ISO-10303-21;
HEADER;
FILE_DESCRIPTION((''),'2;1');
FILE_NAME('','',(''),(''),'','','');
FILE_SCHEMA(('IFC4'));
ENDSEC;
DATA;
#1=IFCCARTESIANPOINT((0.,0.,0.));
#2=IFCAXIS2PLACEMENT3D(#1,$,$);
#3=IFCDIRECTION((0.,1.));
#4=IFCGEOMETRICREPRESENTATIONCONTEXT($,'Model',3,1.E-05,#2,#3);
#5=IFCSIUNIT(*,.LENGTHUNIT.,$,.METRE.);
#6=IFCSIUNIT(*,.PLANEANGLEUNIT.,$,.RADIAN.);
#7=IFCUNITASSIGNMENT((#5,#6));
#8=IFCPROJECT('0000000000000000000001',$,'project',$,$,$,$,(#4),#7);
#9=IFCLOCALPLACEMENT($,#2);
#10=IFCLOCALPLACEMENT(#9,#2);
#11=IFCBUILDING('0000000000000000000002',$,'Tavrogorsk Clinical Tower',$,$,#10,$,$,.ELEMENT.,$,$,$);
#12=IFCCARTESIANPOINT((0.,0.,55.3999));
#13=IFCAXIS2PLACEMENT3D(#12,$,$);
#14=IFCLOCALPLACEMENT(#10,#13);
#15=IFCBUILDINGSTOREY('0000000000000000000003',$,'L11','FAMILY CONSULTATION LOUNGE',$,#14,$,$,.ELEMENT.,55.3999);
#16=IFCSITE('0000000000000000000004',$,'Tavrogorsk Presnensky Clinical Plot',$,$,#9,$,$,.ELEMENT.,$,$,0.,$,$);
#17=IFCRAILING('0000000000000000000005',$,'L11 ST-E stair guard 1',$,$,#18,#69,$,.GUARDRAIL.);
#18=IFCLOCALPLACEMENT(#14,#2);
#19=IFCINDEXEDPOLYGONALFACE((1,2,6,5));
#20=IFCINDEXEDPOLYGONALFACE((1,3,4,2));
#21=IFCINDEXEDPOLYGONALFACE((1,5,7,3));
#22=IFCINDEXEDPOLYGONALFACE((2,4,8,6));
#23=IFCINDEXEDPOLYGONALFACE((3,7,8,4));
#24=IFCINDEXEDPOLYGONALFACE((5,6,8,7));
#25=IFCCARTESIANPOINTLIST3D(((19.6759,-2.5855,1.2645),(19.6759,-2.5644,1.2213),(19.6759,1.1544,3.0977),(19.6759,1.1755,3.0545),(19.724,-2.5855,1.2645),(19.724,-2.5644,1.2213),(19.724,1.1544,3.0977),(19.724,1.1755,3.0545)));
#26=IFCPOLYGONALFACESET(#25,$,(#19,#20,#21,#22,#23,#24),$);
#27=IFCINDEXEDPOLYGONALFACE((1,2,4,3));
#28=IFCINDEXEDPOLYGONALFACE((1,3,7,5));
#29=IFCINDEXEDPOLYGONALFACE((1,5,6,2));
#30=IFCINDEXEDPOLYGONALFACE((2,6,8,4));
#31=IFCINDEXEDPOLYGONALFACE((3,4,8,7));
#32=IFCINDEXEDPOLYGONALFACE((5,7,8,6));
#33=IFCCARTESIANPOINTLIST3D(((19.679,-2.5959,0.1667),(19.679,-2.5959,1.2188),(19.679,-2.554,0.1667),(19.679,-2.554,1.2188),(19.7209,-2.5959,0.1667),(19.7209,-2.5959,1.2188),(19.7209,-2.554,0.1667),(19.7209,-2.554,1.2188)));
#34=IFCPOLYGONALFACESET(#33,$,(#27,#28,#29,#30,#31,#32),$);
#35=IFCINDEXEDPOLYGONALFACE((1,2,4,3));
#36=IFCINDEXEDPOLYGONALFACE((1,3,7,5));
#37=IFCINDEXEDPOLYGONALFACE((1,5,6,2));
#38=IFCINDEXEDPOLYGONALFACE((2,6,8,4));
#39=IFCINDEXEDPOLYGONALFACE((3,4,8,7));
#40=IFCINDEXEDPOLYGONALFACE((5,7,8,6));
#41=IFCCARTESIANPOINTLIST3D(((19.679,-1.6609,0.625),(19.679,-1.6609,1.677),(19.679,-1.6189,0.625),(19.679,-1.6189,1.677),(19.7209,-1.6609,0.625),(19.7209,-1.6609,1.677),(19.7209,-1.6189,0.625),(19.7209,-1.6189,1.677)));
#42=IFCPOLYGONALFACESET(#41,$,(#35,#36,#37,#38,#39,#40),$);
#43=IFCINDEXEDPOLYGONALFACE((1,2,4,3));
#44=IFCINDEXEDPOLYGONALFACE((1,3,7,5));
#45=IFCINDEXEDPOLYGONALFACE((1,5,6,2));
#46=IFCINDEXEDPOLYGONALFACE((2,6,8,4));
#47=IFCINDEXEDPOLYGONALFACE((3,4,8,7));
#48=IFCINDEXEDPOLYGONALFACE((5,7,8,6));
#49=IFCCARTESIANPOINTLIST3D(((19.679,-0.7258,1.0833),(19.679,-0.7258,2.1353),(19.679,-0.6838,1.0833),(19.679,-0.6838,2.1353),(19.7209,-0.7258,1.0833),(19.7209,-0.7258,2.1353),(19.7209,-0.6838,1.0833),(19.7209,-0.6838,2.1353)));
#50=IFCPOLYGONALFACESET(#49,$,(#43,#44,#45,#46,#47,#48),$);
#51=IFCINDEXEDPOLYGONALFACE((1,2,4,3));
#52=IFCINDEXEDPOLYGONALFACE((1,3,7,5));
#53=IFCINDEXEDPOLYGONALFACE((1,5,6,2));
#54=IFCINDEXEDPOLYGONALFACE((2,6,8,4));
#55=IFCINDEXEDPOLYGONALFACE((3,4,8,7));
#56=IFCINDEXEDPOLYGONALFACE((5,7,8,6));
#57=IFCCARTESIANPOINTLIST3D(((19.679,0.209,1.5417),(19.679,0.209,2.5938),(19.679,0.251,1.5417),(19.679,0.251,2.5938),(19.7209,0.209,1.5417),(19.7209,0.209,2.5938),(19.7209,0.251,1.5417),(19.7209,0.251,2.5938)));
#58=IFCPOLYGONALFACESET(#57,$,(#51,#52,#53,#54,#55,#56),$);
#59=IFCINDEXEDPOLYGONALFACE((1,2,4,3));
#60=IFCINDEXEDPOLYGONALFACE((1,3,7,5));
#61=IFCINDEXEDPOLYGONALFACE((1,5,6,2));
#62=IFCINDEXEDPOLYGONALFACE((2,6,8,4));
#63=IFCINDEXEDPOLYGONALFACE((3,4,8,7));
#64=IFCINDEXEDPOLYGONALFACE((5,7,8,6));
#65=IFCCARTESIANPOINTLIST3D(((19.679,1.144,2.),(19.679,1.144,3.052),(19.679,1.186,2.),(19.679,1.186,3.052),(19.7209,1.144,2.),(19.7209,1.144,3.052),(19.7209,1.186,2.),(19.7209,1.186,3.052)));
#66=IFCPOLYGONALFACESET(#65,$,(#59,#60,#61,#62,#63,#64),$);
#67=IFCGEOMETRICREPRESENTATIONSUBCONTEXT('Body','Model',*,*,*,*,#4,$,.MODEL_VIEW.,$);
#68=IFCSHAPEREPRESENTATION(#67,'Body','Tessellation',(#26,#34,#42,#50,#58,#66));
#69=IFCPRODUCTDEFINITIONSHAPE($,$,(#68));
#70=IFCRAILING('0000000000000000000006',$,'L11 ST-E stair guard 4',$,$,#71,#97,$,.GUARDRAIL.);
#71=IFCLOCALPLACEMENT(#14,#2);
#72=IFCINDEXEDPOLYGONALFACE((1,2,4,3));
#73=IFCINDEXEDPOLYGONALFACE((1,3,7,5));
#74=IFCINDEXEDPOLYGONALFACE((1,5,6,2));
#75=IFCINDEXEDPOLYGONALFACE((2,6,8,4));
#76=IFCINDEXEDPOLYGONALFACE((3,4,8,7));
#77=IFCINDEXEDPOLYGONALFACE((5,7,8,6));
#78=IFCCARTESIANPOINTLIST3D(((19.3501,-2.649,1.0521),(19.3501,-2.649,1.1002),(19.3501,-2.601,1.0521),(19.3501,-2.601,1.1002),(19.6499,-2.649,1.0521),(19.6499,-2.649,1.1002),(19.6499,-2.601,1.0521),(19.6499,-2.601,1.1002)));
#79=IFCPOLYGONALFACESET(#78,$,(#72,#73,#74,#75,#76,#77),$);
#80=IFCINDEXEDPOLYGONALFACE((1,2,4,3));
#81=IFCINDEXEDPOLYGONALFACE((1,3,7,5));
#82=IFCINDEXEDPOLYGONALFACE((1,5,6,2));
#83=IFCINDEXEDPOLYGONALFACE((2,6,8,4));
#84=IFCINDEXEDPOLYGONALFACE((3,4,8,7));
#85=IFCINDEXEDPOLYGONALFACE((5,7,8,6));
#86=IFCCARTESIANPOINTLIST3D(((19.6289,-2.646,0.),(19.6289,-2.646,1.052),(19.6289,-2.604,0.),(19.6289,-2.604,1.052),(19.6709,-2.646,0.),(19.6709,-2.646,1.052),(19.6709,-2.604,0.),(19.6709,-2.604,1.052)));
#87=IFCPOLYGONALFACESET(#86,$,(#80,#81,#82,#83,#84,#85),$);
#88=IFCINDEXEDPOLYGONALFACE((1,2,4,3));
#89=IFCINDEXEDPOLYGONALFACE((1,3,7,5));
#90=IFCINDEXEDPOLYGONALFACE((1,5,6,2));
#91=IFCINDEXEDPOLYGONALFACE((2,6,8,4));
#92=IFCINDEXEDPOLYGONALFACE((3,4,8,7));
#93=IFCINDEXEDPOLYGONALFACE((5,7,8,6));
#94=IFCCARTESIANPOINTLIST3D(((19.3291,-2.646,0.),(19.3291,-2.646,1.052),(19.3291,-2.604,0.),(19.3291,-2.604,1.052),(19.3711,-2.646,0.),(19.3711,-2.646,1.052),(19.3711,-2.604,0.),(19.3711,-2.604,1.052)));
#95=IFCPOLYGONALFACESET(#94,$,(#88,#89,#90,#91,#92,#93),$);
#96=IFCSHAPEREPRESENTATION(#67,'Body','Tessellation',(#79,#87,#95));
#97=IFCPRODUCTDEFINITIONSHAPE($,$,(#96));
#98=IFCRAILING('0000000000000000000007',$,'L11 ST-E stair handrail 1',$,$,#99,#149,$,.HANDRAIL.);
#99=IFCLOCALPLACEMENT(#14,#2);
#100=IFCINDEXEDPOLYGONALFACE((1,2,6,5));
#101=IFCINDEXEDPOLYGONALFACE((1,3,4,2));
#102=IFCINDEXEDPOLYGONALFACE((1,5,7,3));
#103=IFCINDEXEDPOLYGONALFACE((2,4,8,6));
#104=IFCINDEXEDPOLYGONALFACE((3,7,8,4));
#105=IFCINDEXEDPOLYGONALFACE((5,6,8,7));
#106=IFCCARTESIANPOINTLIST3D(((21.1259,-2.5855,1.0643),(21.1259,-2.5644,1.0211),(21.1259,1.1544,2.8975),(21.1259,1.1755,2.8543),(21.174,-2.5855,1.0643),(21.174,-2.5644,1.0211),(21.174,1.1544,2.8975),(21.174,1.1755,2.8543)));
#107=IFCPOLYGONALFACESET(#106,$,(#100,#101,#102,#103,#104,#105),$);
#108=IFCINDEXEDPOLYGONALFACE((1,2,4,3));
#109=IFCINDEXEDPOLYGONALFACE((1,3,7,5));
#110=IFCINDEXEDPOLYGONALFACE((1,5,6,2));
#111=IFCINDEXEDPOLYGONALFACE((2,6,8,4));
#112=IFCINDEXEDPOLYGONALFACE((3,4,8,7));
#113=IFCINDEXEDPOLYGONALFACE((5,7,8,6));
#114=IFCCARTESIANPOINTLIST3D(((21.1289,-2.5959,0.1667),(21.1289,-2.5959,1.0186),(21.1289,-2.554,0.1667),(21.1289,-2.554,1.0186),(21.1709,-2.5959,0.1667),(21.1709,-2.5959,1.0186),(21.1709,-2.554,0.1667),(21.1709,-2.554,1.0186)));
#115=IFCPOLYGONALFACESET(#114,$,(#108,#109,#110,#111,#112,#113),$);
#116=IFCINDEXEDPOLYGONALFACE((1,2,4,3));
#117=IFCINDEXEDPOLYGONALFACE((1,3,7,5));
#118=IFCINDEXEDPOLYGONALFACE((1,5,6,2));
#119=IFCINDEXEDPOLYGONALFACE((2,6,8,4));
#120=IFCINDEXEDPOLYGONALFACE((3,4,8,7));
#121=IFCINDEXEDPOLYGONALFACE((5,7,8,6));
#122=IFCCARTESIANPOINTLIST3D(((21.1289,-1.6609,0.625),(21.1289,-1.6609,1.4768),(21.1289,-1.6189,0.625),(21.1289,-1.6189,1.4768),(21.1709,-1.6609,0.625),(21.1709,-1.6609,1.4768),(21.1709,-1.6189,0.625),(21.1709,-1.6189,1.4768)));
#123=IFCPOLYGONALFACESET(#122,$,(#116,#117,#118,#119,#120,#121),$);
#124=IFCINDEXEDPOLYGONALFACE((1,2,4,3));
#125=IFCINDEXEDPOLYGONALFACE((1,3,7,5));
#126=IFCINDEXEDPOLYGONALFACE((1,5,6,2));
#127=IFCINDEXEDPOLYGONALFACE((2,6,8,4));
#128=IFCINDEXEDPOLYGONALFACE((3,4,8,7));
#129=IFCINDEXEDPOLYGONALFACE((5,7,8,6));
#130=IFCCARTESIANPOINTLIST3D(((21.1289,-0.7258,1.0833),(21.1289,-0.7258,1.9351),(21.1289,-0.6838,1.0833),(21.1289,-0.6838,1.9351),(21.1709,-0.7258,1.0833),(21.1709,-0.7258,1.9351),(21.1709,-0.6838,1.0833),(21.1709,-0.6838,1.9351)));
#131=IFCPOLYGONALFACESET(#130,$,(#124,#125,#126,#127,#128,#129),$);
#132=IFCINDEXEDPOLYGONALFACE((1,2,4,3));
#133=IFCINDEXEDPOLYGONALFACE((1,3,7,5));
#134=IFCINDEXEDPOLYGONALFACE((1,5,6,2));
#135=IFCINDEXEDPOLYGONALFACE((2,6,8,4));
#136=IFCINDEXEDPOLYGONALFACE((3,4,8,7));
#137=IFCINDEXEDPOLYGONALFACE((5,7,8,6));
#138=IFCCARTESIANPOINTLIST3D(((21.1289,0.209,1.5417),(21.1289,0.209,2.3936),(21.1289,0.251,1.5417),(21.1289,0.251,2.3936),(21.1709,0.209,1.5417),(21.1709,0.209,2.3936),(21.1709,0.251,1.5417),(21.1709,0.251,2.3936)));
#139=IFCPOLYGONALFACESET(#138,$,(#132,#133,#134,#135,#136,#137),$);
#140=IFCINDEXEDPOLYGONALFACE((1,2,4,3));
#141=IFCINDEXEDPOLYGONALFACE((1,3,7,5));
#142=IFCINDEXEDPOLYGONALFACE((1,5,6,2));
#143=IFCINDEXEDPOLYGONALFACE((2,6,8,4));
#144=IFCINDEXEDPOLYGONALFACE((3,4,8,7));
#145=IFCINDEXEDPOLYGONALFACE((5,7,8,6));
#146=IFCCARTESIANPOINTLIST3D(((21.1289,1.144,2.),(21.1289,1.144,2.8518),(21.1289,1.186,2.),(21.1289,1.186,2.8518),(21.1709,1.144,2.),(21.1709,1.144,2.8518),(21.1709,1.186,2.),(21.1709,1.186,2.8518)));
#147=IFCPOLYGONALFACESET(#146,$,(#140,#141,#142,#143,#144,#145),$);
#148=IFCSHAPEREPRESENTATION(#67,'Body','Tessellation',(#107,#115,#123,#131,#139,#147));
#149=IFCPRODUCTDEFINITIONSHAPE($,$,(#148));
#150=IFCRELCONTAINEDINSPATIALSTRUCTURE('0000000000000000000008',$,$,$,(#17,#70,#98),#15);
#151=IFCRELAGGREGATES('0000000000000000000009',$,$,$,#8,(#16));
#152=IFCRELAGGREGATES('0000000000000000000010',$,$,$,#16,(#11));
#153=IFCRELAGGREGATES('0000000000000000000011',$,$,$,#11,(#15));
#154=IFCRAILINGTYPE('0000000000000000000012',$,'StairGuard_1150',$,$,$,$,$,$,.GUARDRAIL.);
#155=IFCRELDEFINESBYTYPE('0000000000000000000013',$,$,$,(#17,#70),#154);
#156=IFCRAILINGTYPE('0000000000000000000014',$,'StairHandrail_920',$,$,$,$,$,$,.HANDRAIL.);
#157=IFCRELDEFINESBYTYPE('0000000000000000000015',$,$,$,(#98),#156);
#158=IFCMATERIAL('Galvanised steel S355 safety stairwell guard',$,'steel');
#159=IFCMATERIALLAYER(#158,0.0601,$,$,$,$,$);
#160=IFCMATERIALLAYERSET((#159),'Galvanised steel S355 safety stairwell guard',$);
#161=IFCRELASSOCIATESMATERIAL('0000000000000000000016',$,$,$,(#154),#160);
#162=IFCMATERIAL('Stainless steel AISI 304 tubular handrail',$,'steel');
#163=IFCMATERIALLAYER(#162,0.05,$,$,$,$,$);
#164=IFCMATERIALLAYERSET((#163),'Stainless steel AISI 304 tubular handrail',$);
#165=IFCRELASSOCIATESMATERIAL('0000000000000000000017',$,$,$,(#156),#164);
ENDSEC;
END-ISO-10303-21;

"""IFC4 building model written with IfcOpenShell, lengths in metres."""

from ifc_helpers import new_model, si_unit, direction, frame, origin, origin_2d, place, context, subcontext, project, spatial, rectangle, extrude, material, layer, layer_set, type_object, element, save


model = new_model("IFC4")

# Units and contexts
model_context = context("Model", 3, precision=1e-05, world=origin(), true_north=direction((0.0, 1.0)))
body_context = subcontext(model_context, "Body", "Model", "MODEL_VIEW")
ifc_project = project(units=[si_unit("LENGTHUNIT", "METRE"), si_unit("PLANEANGLEUNIT", "RADIAN")], contexts=[model_context])

# Site, building, storey
site_placement = place(None, origin())
site = spatial("IfcSite", under=ifc_project, at=site_placement, Name="Tavrogorsk Presnensky Clinical Plot", CompositionType="ELEMENT", RefElevation=0.0)
building_placement = place(site_placement, origin())
building = spatial("IfcBuilding", under=site, at=building_placement, Name="Tavrogorsk Clinical Tower", CompositionType="ELEMENT")
storey_placement = place(building_placement, frame((0.0, 0.0, 55.3999)))
storey = spatial("IfcBuildingStorey", under=building, at=storey_placement, Name="L11", Description="FAMILY CONSULTATION LOUNGE", CompositionType="ELEMENT", Elevation=55.3999)

# Railings
ifc_material_1 = material(Name="Galvanised steel S355 safety stairwell guard", Category="steel")
ifc_layer_1 = layer(ifc_material_1, 0.0601)
ifc_layer_set_1 = layer_set([ifc_layer_1], Name="Galvanised steel S355 safety stairwell guard")
railing_type_1 = type_object("IfcRailingType", Name="StairGuard_1150", PredefinedType="GUARDRAIL", material=ifc_layer_set_1)
railing_1_placement = place(storey_placement, frame((19.7, -2.575, 0.1667)))
element("IfcRailing", 1, at=railing_1_placement, inside=storey, type_object=railing_type_1, Name="L11 ST-E stair guard 1", PredefinedType="GUARDRAIL", context=body_context, shape_type="SweptSolid", body=[
    extrude(rectangle(XDim=0.0481, YDim=0.0481, at=origin_2d()), frame((0.0, 0.0, 1.0762), z_axis=(0.0, 0.897928, 0.440142), x_axis=(-1.0, 0.0, 0.0)), (0.0, 0.0, 1.0), 4.165),
    extrude(rectangle(XDim=0.042, YDim=0.042, at=origin_2d()), origin(), (0.0, 0.0, 1.0), 1.052),
    extrude(rectangle(XDim=0.042, YDim=0.042, at=origin_2d()), frame((0.0, 0.9351, 0.4583)), (0.0, 0.0, 1.0), 1.052),
    extrude(rectangle(XDim=0.042, YDim=0.042, at=origin_2d()), frame((0.0, 1.8701, 0.9165)), (0.0, 0.0, 1.0), 1.052),
    extrude(rectangle(XDim=0.042, YDim=0.042, at=origin_2d()), frame((0.0, 2.8049, 1.375)), (0.0, 0.0, 1.0), 1.052),
    extrude(rectangle(XDim=0.042, YDim=0.042, at=origin_2d()), frame((0.0, 3.74, 1.8333)), (0.0, 0.0, 1.0), 1.052),
])
railing_2_placement = place(storey_placement, frame((19.6499, -2.625, 0.0)))
element("IfcRailing", 2, at=railing_2_placement, inside=storey, type_object=railing_type_1, Name="L11 ST-E stair guard 4", PredefinedType="GUARDRAIL", context=body_context, shape_type="SweptSolid", body=[
    extrude(rectangle(XDim=0.0481, YDim=0.0481, at=origin_2d()), frame((0.0, 0.0, 1.0762), z_axis=(-1.0, 0.0, 0.0), x_axis=(0.0, -1.0, 0.0)), (0.0, 0.0, 1.0), 0.2998),
    extrude(rectangle(XDim=0.042, YDim=0.042, at=origin_2d()), origin(), (0.0, 0.0, 1.0), 1.052),
    extrude(rectangle(XDim=0.042, YDim=0.042, at=origin_2d()), frame((-0.2998, 0.0, 0.0)), (0.0, 0.0, 1.0), 1.052),
])
ifc_material_2 = material(Name="Stainless steel AISI 304 tubular handrail", Category="steel")
ifc_layer_2 = layer(ifc_material_2, 0.05)
ifc_layer_set_2 = layer_set([ifc_layer_2], Name="Stainless steel AISI 304 tubular handrail")
railing_type_2 = type_object("IfcRailingType", Name="StairHandrail_920", PredefinedType="HANDRAIL", material=ifc_layer_set_2)
railing_3_placement = place(storey_placement, frame((21.1499, -2.575, 0.1667)))
element("IfcRailing", 3, at=railing_3_placement, inside=storey, type_object=railing_type_2, Name="L11 ST-E stair handrail 1", PredefinedType="HANDRAIL", context=body_context, shape_type="SweptSolid", body=[
    extrude(rectangle(XDim=0.0481, YDim=0.0481, at=origin_2d()), frame((0.0, 0.0, 0.876), z_axis=(0.0, 0.897928, 0.440142), x_axis=(-1.0, 0.0, 0.0)), (0.0, 0.0, 1.0), 4.165),
    extrude(rectangle(XDim=0.042, YDim=0.042, at=origin_2d()), origin(), (0.0, 0.0, 1.0), 0.8518),
    extrude(rectangle(XDim=0.042, YDim=0.042, at=origin_2d()), frame((0.0, 0.9351, 0.4583)), (0.0, 0.0, 1.0), 0.8518),
    extrude(rectangle(XDim=0.042, YDim=0.042, at=origin_2d()), frame((0.0, 1.8701, 0.9165)), (0.0, 0.0, 1.0), 0.8518),
    extrude(rectangle(XDim=0.042, YDim=0.042, at=origin_2d()), frame((0.0, 2.8049, 1.375)), (0.0, 0.0, 1.0), 0.8518),
    extrude(rectangle(XDim=0.042, YDim=0.042, at=origin_2d()), frame((0.0, 3.74, 1.8333)), (0.0, 0.0, 1.0), 0.8518),
])

save(model, "model.ifc")
